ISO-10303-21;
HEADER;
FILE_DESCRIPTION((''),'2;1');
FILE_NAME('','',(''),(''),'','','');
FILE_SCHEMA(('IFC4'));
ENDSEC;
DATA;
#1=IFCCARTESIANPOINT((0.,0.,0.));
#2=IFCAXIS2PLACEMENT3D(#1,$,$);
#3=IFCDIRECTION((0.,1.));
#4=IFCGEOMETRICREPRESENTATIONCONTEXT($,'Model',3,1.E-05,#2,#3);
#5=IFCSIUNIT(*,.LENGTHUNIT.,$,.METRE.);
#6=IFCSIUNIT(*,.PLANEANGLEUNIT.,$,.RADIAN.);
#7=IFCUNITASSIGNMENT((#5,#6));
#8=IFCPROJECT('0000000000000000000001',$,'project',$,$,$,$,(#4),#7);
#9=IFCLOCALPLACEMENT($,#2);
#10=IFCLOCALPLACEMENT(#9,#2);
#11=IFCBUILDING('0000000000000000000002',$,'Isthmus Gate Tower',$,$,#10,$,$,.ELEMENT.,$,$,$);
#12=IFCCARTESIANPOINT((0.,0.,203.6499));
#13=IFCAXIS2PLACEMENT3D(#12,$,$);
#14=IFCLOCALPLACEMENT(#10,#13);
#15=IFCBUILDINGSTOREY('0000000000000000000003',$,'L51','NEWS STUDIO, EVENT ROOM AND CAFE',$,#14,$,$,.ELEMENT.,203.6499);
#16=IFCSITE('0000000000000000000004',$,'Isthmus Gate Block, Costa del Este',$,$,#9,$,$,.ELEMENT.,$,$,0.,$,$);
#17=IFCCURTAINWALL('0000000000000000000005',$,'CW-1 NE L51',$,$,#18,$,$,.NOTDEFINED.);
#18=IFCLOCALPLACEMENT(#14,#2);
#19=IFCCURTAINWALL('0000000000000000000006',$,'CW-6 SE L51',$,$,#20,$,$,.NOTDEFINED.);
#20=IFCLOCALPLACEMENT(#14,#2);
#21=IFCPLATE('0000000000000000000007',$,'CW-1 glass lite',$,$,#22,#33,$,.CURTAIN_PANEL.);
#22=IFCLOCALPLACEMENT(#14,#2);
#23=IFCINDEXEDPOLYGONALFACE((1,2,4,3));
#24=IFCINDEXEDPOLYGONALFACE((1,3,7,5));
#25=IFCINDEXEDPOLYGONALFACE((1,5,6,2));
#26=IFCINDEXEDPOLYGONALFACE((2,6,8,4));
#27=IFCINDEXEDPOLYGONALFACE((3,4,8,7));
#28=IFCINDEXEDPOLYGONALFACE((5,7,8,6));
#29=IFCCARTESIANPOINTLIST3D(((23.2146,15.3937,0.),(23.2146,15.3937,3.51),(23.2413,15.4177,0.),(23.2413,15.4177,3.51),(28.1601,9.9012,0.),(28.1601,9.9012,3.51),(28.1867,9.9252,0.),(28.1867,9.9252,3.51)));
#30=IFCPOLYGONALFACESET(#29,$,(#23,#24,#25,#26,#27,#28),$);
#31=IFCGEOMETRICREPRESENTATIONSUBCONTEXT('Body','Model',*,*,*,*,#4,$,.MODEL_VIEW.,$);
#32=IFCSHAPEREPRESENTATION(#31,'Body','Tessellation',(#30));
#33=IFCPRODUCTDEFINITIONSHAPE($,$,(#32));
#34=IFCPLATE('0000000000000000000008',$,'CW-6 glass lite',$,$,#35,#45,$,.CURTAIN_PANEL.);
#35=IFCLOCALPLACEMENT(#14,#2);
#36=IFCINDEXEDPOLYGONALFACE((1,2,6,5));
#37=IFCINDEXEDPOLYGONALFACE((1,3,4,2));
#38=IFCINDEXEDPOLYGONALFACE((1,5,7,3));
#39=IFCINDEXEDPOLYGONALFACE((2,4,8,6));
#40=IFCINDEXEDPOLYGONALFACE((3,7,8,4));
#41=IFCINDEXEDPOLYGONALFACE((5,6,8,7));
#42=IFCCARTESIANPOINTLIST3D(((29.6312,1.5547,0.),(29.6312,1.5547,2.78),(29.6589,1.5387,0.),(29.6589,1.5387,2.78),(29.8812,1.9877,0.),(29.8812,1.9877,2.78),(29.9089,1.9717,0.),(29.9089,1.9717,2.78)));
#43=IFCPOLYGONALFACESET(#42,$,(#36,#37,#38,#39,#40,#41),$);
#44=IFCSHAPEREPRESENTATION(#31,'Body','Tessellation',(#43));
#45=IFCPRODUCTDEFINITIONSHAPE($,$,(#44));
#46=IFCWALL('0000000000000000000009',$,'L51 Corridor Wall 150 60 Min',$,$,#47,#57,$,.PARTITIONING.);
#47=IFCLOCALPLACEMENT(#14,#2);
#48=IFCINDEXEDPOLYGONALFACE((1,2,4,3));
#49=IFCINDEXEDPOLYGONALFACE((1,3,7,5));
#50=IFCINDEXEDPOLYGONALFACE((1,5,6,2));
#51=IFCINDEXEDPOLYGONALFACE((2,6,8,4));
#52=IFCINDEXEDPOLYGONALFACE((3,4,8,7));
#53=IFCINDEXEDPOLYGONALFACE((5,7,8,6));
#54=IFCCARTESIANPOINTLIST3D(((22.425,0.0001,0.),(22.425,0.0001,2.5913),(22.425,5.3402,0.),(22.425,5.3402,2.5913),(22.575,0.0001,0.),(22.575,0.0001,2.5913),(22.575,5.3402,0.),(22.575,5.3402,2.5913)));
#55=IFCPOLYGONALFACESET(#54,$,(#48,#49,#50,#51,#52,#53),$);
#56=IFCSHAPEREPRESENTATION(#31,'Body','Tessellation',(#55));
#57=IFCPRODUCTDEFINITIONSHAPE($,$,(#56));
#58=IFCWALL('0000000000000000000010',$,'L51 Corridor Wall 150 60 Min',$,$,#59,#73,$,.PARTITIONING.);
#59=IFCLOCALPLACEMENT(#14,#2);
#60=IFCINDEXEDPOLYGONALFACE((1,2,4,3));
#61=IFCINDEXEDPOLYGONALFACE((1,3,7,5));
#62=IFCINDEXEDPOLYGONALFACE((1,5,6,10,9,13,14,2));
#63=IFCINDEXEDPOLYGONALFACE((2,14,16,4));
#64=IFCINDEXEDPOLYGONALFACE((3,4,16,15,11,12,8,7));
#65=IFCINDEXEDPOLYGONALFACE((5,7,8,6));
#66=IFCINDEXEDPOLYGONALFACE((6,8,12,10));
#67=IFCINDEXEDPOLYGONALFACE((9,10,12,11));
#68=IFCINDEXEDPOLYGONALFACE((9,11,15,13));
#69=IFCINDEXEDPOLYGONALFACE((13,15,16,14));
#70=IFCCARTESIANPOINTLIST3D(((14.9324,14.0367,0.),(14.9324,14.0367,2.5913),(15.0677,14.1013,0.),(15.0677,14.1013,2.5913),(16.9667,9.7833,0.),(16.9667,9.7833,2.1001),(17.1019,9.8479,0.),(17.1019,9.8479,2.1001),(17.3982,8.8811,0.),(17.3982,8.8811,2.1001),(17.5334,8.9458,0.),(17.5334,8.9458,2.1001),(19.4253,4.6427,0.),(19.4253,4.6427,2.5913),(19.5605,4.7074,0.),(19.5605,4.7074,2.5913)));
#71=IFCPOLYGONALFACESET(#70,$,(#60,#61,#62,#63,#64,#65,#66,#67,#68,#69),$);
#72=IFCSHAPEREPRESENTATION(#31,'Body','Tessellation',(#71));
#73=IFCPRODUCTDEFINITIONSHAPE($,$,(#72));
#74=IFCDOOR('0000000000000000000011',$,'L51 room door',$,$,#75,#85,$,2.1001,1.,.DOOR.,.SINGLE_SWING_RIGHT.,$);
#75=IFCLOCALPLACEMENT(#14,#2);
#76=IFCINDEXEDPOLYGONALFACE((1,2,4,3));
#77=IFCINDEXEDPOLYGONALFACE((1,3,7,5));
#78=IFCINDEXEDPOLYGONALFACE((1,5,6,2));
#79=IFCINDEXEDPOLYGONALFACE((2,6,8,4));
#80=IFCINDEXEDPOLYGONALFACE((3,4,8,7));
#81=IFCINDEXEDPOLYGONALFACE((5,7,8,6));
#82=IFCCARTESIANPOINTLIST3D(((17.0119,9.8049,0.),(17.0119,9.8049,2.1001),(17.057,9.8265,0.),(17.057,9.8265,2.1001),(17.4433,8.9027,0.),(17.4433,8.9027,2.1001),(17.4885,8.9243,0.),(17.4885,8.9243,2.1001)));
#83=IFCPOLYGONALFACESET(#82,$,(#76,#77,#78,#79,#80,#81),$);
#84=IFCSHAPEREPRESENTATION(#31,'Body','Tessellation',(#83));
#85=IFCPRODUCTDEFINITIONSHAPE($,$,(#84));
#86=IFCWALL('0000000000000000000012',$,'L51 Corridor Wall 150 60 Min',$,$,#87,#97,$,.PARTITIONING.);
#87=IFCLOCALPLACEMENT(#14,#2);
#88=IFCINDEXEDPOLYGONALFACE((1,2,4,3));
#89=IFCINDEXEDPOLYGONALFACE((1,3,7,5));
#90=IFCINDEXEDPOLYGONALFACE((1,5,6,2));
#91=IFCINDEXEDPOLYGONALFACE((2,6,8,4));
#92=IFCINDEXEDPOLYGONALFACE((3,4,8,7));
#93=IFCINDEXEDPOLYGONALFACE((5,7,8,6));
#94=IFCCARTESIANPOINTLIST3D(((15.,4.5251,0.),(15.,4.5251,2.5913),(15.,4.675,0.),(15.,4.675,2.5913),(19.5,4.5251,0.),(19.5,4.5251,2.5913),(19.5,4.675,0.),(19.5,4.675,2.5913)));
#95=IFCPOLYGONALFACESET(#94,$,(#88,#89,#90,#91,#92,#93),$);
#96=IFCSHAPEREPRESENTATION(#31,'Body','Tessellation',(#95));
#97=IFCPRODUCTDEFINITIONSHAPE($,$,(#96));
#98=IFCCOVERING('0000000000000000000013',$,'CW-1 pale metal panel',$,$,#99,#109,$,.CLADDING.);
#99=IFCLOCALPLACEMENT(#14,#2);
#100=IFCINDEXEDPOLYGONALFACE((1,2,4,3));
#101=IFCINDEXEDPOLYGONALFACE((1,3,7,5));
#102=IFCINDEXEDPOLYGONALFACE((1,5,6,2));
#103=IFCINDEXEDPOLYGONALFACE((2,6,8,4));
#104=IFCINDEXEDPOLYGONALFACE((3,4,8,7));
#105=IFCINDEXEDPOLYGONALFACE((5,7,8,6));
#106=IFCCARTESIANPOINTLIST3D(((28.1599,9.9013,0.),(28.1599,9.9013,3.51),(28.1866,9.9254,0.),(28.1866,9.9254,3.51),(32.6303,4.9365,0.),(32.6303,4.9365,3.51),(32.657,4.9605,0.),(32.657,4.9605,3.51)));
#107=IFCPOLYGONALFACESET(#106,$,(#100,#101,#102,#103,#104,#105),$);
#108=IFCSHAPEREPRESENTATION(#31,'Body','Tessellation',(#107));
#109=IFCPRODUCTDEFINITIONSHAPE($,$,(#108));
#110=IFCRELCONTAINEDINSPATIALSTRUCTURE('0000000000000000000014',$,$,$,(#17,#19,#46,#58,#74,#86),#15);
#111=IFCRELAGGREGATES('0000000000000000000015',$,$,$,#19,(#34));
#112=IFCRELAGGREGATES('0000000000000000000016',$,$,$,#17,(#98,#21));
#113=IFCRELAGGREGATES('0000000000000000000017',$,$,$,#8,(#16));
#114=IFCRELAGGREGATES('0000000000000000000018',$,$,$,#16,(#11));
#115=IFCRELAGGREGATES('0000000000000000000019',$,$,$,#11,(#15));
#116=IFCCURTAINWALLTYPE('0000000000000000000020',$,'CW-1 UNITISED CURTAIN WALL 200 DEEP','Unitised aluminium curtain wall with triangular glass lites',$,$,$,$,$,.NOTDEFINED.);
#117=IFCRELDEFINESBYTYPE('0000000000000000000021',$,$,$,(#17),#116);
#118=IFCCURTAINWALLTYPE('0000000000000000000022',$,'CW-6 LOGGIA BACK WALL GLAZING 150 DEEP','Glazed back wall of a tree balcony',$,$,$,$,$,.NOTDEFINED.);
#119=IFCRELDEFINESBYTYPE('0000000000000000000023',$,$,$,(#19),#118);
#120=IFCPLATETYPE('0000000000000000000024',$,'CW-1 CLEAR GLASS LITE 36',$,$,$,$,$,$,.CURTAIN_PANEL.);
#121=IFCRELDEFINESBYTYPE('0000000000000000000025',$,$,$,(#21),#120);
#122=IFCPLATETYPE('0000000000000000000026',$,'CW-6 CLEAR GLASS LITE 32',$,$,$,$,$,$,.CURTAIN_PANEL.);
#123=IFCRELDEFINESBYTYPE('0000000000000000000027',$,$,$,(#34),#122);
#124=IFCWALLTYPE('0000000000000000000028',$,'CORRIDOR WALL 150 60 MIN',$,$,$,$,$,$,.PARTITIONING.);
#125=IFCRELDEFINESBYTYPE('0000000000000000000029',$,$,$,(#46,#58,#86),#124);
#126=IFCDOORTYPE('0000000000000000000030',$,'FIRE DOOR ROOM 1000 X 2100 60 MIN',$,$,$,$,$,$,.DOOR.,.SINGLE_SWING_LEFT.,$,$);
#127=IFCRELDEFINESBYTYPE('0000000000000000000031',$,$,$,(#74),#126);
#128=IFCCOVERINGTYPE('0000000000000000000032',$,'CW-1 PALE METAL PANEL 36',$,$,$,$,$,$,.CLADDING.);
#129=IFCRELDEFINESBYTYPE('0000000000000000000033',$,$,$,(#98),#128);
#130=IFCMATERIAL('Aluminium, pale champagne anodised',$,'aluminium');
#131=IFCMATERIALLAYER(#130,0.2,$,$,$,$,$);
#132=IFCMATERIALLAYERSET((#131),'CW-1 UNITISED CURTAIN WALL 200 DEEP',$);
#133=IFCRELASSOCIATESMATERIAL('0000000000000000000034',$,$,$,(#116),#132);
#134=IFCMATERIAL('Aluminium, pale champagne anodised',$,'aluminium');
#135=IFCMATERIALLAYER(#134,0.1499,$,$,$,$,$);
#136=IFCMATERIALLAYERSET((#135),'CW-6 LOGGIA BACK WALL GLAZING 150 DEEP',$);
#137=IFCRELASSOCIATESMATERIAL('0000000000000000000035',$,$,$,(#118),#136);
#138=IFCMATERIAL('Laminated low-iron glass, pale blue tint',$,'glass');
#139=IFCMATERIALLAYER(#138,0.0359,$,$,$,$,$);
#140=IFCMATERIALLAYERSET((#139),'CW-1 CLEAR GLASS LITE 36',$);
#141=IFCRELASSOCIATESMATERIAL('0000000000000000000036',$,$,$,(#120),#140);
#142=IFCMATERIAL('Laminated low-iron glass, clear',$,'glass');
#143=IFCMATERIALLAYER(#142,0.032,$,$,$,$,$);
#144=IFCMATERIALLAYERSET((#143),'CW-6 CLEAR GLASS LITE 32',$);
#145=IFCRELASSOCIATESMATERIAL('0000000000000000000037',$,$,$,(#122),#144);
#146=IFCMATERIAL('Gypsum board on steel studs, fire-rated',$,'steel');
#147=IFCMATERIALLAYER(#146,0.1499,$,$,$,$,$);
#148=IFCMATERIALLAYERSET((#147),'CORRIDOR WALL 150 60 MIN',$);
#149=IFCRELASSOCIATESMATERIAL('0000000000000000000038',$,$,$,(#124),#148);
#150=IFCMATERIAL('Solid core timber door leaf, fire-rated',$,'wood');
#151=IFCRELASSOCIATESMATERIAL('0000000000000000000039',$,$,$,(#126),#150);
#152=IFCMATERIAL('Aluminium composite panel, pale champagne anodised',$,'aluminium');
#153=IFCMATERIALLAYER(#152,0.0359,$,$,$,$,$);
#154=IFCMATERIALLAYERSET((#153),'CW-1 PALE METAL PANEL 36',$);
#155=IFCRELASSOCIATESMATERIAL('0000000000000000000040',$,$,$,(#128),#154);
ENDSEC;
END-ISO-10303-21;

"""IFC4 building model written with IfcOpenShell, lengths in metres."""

from ifc_helpers import new_model, si_unit, direction, frame, frame_2d, origin, origin_2d, place, context, subcontext, project, spatial, rectangle, extrude, material, layer, layer_set, type_object, element, fill, aggregate, save


model = new_model("IFC4")

# Units and contexts
model_context = context("Model", 3, precision=1e-05, world=origin(), true_north=direction((0.0, 1.0)))
body_context = subcontext(model_context, "Body", "Model", "MODEL_VIEW")
ifc_project = project(units=[si_unit("LENGTHUNIT", "METRE"), si_unit("PLANEANGLEUNIT", "RADIAN")], contexts=[model_context])

# Site, building, storey
site_placement = place(None, origin())
site = spatial("IfcSite", under=ifc_project, at=site_placement, Name="Isthmus Gate Block, Costa del Este", CompositionType="ELEMENT", RefElevation=0.0)
building_placement = place(site_placement, origin())
building = spatial("IfcBuilding", under=site, at=building_placement, Name="Isthmus Gate Tower", CompositionType="ELEMENT")
storey_placement = place(building_placement, frame((0.0, 0.0, 203.6499)))
storey = spatial("IfcBuildingStorey", under=building, at=storey_placement, Name="L51", Description="NEWS STUDIO, EVENT ROOM AND CAFE", CompositionType="ELEMENT", Elevation=203.6499)

# Curtain wall
ifc_material_1 = material(Name="Aluminium, pale champagne anodised", Category="aluminium")
ifc_layer_1 = layer(ifc_material_1, 0.2)
ifc_layer_set_1 = layer_set([ifc_layer_1], Name="CW-1 UNITISED CURTAIN WALL 200 DEEP")
curtain_wall_type_1 = type_object("IfcCurtainWallType", Name="CW-1 UNITISED CURTAIN WALL 200 DEEP", Description="Unitised aluminium curtain wall with triangular glass lites", PredefinedType="NOTDEFINED", material=ifc_layer_set_1)
curtain_wall_1_placement = place(storey_placement, origin())
curtain_wall_1 = element("IfcCurtainWall", 1, at=curtain_wall_1_placement, inside=storey, type_object=curtain_wall_type_1, Name="CW-1 NE L51", PredefinedType="NOTDEFINED")

# Curtain wall
ifc_material_2 = material(Name="Aluminium, pale champagne anodised", Category="aluminium")
ifc_layer_2 = layer(ifc_material_2, 0.1499)
ifc_layer_set_2 = layer_set([ifc_layer_2], Name="CW-6 LOGGIA BACK WALL GLAZING 150 DEEP")
curtain_wall_type_2 = type_object("IfcCurtainWallType", Name="CW-6 LOGGIA BACK WALL GLAZING 150 DEEP", Description="Glazed back wall of a tree balcony", PredefinedType="NOTDEFINED", material=ifc_layer_set_2)
curtain_wall_2_placement = place(storey_placement, origin())
curtain_wall_2 = element("IfcCurtainWall", 2, at=curtain_wall_2_placement, inside=storey, type_object=curtain_wall_type_2, Name="CW-6 SE L51", PredefinedType="NOTDEFINED")

# Plates
ifc_material_3 = material(Name="Laminated low-iron glass, pale blue tint", Category="glass")
ifc_layer_3 = layer(ifc_material_3, 0.0359)
ifc_layer_set_3 = layer_set([ifc_layer_3], Name="CW-1 CLEAR GLASS LITE 36")
plate_type_1 = type_object("IfcPlateType", Name="CW-1 CLEAR GLASS LITE 36", PredefinedType="CURTAIN_PANEL", material=ifc_layer_set_3)
plate_1_placement = place(storey_placement, frame((25.7007, 12.6594, 0.0), z_axis=(0.0, 0.0, 1.0), x_axis=(-0.669131, 0.743145, 0.0)))
plate_1 = element("IfcPlate", 3, at=plate_1_placement, type_object=plate_type_1, Name="CW-1 glass lite", PredefinedType="CURTAIN_PANEL", context=body_context, shape_type="SweptSolid", body=[
    extrude(rectangle(XDim=7.3909, YDim=0.0359, at=origin_2d()), origin(), (0.0, 0.0, 1.0), 3.51),
])
ifc_material_4 = material(Name="Laminated low-iron glass, clear", Category="glass")
ifc_layer_4 = layer(ifc_material_4, 0.032)
ifc_layer_set_4 = layer_set([ifc_layer_4], Name="CW-6 CLEAR GLASS LITE 32")
plate_type_2 = type_object("IfcPlateType", Name="CW-6 CLEAR GLASS LITE 32", PredefinedType="CURTAIN_PANEL", material=ifc_layer_set_4)
plate_2_placement = place(storey_placement, frame((29.77, 1.7632, 0.0), z_axis=(0.0, 0.0, 1.0), x_axis=(0.5, 0.866025, 0.0)))
plate_2 = element("IfcPlate", 4, at=plate_2_placement, type_object=plate_type_2, Name="CW-6 glass lite", PredefinedType="CURTAIN_PANEL", context=body_context, shape_type="SweptSolid", body=[
    extrude(rectangle(XDim=0.5, YDim=0.032, at=origin_2d()), origin(), (0.0, 0.0, 1.0), 2.78),
])
aggregate(curtain_wall_2, [plate_2])

# Wall
ifc_material_5 = material(Name="Gypsum board on steel studs, fire-rated", Category="steel")
ifc_layer_5 = layer(ifc_material_5, 0.1499)
ifc_layer_set_5 = layer_set([ifc_layer_5], Name="CORRIDOR WALL 150 60 MIN")
wall_type = type_object("IfcWallType", Name="CORRIDOR WALL 150 60 MIN", PredefinedType="PARTITIONING", material=ifc_layer_set_5)
wall_1_placement = place(storey_placement, frame((22.5, 5.3401, 0.0), z_axis=(0.0, 0.0, 1.0), x_axis=(0.0, -1.0, 0.0)))
element("IfcWall", 5, at=wall_1_placement, inside=storey, type_object=wall_type, Name="L51 Corridor Wall 150 60 Min", PredefinedType="PARTITIONING", context=body_context, shape_type="SweptSolid", body=[
    extrude(rectangle(XDim=5.3401, YDim=0.1499, at=frame_2d((2.6699, 0.0))), origin(), (0.0, 0.0, 1.0), 2.5913),
])

# Wall, opening, door
wall_2_placement = place(storey_placement, frame((19.4929, 4.675, 0.0), z_axis=(0.0, 0.0, 1.0), x_axis=(-0.431465, 0.90213, 0.0)))
wall_2 = element("IfcWall", 6, at=wall_2_placement, inside=storey, type_object=wall_type, Name="L51 Corridor Wall 150 60 Min", PredefinedType="PARTITIONING", context=body_context, shape_type="SweptSolid", body=[
    extrude(rectangle(XDim=10.4131, YDim=0.1499, at=frame_2d((5.2065, 0.0))), origin(), (0.0, 0.0, 1.0), 2.5913),
])
opening_placement = place(wall_2_placement, frame((4.6982, 0.0, 0.0)))
opening = element("IfcOpeningElement", 7, at=opening_placement, cuts=wall_2, PredefinedType="OPENING", context=body_context, shape_type="SweptSolid", body=[
    extrude(rectangle(XDim=1.0, YDim=2.1001, at=frame_2d((0.5, 1.05))), frame((0.0, 0.085, 0.0), z_axis=(0.0, -1.0, 0.0), x_axis=(1.0, 0.0, 0.0)), (0.0, 0.0, 1.0), 0.1699),
])
ifc_material_6 = material(Name="Solid core timber door leaf, fire-rated", Category="wood")
door_type = type_object("IfcDoorType", Name="FIRE DOOR ROOM 1000 X 2100 60 MIN", OperationType="SINGLE_SWING_LEFT", PredefinedType="DOOR", material=ifc_material_6)
door_placement = place(opening_placement, origin())
door = element("IfcDoor", 8, at=door_placement, inside=storey, type_object=door_type, Name="L51 room door", OperationType="SINGLE_SWING_RIGHT", OverallHeight=2.1001, OverallWidth=1.0, PredefinedType="DOOR", context=body_context, shape_type="SweptSolid", body=[
    extrude(rectangle(XDim=1.0, YDim=2.1001, at=frame_2d((0.5, 1.05))), frame((0.0, 0.0249, 0.0), z_axis=(0.0, -1.0, 0.0), x_axis=(1.0, 0.0, 0.0)), (0.0, 0.0, 1.0), 0.05),
])
fill(opening, door)

# Wall
wall_3_placement = place(storey_placement, frame((15.0, 4.6001, 0.0), z_axis=(0.0, 0.0, 1.0), x_axis=(1.0, 0.0, 0.0)))
element("IfcWall", 9, at=wall_3_placement, inside=storey, type_object=wall_type, Name="L51 Corridor Wall 150 60 Min", PredefinedType="PARTITIONING", context=body_context, shape_type="SweptSolid", body=[
    extrude(rectangle(XDim=4.5, YDim=0.1499, at=frame_2d((2.25, 0.0))), origin(), (0.0, 0.0, 1.0), 2.5913),
])

# Covering
ifc_material_7 = material(Name="Aluminium composite panel, pale champagne anodised", Category="aluminium")
ifc_layer_6 = layer(ifc_material_7, 0.0359)
ifc_layer_set_6 = layer_set([ifc_layer_6], Name="CW-1 PALE METAL PANEL 36")
covering_type = type_object("IfcCoveringType", Name="CW-1 PALE METAL PANEL 36", PredefinedType="CLADDING", material=ifc_layer_set_6)
covering_placement = place(storey_placement, frame((30.4084, 7.4309, 0.0), z_axis=(0.0, 0.0, 1.0), x_axis=(-0.669131, 0.743145, 0.0)))
covering = element("IfcCovering", 10, at=covering_placement, type_object=covering_type, Name="CW-1 pale metal panel", PredefinedType="CLADDING", context=body_context, shape_type="SweptSolid", body=[
    extrude(rectangle(XDim=6.6809, YDim=0.0359, at=origin_2d()), origin(), (0.0, 0.0, 1.0), 3.51),
])
aggregate(curtain_wall_1, [covering, plate_1])

save(model, "model.ifc")
